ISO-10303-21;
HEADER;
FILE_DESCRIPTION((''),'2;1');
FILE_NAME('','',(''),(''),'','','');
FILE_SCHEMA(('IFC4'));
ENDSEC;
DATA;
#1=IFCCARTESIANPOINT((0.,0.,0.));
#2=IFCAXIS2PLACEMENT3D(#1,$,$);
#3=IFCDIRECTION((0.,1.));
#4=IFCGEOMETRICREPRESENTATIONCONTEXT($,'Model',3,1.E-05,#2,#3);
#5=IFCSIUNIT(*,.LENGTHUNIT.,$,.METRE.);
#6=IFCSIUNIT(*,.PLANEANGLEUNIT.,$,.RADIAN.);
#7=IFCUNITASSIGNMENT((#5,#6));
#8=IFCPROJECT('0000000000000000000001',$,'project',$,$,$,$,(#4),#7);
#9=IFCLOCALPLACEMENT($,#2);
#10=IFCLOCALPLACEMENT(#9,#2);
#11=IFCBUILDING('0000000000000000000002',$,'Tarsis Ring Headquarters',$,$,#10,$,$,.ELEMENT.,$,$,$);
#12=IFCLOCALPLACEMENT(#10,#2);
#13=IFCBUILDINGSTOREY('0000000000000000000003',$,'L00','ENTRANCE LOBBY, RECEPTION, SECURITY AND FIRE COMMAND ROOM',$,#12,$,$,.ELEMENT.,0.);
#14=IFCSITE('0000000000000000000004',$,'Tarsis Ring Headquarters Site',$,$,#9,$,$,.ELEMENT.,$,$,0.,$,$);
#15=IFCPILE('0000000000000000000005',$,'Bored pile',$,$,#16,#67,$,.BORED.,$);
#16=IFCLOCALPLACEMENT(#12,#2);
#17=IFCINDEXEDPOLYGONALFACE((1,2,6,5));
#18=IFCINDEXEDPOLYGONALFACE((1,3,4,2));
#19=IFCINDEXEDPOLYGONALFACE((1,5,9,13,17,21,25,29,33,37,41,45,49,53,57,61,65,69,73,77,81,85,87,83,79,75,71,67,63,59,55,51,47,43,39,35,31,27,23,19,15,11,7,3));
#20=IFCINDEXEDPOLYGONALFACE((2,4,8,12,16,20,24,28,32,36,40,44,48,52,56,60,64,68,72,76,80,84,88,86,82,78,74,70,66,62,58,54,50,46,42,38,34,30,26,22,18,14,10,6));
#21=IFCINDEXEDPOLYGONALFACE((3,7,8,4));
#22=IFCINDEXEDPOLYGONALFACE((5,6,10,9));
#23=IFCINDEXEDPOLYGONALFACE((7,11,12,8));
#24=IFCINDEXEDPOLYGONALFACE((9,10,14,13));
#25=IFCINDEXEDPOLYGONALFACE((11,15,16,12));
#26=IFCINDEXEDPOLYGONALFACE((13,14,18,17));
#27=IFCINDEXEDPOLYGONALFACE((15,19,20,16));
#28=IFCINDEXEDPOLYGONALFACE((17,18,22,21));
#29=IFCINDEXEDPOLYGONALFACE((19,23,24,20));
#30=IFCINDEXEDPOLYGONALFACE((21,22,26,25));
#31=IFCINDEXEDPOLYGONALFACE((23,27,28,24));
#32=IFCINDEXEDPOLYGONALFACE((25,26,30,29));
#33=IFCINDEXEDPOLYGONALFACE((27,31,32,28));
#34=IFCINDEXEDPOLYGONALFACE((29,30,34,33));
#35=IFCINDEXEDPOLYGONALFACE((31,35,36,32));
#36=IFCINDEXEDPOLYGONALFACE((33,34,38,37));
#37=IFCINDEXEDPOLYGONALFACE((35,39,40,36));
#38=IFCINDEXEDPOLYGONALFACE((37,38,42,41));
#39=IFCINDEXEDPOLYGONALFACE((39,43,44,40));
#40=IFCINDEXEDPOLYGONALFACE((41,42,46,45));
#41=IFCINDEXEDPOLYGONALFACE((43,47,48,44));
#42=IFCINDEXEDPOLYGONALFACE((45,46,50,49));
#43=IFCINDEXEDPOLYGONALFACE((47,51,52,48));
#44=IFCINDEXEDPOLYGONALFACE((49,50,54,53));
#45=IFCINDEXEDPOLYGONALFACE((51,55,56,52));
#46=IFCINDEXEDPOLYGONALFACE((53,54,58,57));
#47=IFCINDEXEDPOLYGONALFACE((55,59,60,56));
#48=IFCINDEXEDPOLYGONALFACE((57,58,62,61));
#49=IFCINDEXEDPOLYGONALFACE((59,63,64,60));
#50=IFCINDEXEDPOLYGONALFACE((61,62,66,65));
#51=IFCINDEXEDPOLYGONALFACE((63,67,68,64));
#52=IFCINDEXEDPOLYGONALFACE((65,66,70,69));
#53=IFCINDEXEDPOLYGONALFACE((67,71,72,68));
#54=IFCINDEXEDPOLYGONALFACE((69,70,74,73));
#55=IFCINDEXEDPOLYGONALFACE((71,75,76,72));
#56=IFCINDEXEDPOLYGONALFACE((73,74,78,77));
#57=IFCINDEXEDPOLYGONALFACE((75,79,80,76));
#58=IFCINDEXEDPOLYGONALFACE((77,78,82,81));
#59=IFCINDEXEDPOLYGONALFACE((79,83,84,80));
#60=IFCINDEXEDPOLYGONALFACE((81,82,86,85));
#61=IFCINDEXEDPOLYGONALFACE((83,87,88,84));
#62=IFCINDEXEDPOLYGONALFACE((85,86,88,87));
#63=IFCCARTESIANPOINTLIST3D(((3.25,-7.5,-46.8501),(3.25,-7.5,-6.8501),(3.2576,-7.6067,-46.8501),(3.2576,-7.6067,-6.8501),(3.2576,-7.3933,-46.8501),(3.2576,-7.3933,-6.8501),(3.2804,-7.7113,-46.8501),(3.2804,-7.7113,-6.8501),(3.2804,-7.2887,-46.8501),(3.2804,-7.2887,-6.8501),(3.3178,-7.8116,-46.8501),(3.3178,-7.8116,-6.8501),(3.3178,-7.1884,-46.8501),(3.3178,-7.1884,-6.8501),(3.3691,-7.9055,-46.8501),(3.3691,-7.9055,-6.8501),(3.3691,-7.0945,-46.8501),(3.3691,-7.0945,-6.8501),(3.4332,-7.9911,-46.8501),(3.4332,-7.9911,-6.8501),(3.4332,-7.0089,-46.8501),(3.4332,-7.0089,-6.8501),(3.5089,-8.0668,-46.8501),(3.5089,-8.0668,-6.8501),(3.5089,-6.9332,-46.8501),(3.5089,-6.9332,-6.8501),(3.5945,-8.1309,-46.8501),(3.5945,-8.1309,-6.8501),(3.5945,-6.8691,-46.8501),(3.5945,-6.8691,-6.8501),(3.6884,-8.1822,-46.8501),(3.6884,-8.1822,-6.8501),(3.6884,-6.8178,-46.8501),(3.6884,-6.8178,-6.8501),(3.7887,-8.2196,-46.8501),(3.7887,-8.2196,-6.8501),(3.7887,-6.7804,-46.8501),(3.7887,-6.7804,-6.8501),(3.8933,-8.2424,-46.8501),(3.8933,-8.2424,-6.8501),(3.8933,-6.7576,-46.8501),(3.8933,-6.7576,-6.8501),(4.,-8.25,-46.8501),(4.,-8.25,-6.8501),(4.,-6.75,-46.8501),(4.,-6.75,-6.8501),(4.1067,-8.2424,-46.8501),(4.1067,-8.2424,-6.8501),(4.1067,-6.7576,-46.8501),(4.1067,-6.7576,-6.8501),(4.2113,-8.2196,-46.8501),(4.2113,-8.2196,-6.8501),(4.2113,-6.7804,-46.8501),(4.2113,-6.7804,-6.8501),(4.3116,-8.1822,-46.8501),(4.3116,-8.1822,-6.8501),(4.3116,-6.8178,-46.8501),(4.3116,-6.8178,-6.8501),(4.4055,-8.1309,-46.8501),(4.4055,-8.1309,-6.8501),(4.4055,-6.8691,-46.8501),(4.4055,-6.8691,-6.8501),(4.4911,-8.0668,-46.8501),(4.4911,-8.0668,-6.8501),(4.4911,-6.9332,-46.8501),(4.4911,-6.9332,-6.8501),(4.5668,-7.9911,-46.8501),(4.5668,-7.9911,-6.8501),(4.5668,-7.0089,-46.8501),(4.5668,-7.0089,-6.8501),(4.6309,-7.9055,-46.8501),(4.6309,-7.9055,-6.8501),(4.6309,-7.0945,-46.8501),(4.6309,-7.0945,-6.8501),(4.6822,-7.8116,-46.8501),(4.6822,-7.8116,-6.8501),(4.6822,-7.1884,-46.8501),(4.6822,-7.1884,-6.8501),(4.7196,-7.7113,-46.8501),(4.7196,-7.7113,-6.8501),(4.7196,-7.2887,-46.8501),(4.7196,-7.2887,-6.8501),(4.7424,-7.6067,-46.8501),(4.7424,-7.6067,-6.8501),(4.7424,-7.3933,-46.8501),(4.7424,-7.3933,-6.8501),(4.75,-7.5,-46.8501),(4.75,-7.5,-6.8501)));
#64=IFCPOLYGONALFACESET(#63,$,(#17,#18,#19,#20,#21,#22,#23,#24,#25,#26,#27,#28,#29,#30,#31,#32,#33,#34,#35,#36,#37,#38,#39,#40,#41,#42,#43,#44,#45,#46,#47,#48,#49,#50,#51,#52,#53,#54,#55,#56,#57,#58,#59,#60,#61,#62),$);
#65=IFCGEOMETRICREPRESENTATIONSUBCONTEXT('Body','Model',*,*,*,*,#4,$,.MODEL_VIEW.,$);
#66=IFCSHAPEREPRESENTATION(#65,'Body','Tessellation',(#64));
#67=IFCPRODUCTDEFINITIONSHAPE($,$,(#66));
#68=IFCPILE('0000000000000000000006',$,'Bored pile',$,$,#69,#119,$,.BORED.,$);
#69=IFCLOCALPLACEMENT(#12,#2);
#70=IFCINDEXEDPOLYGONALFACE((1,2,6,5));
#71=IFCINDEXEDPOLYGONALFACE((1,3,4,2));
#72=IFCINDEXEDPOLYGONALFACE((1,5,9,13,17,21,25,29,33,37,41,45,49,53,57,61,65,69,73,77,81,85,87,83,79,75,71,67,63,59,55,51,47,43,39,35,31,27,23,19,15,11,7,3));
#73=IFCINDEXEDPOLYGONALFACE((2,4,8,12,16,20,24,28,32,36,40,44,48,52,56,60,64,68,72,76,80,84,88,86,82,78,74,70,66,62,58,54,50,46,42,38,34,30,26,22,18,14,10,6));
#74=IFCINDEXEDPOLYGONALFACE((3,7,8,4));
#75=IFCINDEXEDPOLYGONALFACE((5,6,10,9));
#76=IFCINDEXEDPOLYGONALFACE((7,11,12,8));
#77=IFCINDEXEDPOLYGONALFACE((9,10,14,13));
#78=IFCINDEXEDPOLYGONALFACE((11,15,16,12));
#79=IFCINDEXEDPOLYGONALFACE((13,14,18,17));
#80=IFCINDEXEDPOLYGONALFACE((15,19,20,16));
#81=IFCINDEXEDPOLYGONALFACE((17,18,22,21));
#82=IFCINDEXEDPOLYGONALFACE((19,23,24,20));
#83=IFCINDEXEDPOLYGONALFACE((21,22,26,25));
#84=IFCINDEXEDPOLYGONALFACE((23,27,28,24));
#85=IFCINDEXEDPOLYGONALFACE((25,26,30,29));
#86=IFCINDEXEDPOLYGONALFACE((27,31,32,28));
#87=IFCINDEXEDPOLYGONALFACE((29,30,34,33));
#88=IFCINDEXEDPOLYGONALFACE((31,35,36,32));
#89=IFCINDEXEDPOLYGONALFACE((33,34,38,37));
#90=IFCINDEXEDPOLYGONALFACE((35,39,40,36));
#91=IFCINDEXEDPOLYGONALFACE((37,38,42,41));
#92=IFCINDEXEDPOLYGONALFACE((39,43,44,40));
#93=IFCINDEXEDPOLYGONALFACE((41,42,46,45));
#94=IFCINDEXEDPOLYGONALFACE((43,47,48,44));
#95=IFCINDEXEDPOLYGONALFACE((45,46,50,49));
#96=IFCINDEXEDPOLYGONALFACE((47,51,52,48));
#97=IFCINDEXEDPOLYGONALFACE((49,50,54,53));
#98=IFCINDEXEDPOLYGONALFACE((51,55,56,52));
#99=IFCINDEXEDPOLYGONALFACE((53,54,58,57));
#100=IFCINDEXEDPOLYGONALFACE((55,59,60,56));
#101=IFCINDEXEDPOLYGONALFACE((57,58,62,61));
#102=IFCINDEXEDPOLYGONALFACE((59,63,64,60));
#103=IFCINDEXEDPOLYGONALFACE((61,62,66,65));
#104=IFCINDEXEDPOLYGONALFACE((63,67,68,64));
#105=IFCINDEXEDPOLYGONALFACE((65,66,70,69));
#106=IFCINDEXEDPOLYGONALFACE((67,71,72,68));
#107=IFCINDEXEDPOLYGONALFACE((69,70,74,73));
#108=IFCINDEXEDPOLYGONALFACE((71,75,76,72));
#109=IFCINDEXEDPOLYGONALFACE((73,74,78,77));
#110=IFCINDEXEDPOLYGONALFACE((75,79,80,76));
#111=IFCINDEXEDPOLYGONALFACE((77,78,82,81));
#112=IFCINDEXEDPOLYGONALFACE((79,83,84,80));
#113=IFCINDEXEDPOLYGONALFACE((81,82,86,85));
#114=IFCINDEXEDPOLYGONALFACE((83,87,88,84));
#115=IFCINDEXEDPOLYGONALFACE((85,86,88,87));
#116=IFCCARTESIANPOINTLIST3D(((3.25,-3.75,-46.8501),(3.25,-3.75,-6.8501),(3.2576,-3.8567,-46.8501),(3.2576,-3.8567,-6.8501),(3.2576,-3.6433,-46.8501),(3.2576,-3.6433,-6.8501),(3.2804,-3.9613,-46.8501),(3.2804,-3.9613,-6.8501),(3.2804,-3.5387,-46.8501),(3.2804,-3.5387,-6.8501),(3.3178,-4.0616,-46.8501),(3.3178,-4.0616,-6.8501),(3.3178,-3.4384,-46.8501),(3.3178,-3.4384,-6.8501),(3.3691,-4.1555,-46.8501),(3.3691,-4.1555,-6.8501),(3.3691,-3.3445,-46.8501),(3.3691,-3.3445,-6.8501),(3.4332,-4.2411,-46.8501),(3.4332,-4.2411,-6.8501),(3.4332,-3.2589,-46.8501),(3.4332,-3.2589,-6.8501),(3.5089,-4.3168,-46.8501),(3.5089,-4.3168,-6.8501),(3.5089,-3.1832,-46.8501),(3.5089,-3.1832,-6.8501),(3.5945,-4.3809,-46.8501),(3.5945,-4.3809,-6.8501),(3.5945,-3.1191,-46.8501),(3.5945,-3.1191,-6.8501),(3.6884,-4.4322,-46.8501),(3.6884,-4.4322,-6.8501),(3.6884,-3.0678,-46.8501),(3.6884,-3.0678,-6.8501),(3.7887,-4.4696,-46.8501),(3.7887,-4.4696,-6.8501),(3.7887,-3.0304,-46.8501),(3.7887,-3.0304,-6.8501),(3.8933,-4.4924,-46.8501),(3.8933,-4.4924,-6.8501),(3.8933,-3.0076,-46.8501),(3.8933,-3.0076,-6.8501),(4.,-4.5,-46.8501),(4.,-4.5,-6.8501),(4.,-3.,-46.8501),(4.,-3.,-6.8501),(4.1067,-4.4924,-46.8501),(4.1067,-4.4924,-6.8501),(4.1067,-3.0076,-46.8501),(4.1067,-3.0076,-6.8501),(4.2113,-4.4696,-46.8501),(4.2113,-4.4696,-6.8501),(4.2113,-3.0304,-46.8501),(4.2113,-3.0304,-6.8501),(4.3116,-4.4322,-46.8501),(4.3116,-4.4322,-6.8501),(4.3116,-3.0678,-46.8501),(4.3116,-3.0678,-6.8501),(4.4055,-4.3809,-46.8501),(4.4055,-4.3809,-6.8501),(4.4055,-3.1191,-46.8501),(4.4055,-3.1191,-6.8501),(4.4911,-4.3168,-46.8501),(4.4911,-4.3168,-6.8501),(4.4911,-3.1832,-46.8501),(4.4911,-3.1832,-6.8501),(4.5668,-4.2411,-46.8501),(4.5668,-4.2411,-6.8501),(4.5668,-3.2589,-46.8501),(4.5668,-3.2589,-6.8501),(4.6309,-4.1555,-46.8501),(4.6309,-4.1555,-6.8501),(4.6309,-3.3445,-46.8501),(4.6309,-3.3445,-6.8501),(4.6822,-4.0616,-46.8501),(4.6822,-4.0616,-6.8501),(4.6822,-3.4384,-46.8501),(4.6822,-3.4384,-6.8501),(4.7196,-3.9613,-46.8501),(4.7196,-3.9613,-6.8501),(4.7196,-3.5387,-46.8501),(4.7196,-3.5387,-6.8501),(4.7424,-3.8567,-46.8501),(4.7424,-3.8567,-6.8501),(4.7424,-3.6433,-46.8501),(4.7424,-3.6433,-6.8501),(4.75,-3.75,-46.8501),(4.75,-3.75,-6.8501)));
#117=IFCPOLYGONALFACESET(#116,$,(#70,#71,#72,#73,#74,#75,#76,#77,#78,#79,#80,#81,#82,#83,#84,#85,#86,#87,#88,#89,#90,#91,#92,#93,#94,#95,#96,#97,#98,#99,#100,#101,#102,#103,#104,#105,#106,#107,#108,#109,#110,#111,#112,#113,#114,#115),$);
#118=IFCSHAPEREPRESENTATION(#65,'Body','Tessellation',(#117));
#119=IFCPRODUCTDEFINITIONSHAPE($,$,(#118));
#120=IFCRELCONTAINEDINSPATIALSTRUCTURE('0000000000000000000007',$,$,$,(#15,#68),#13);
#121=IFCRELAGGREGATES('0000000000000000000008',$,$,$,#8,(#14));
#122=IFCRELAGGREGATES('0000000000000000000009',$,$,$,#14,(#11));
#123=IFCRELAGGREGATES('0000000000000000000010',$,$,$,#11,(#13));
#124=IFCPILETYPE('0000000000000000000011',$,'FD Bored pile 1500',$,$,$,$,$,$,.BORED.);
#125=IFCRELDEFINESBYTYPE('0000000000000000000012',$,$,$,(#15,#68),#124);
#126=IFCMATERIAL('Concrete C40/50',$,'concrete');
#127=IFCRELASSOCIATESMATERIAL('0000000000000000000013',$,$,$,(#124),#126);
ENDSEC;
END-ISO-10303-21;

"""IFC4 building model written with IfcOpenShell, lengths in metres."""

from ifc_helpers import new_model, si_unit, direction, frame, origin, origin_2d, place, context, subcontext, project, spatial, circle, extrude, material, material_profile, profile_set, type_object, element, save


model = new_model("IFC4")

# Units and contexts
model_context = context("Model", 3, precision=1e-05, world=origin(), true_north=direction((0.0, 1.0)))
body_context = subcontext(model_context, "Body", "Model", "MODEL_VIEW")
ifc_project = project(units=[si_unit("LENGTHUNIT", "METRE"), si_unit("PLANEANGLEUNIT", "RADIAN")], contexts=[model_context])

# Site, building, storey
site_placement = place(None, origin())
site = spatial("IfcSite", under=ifc_project, at=site_placement, Name="Tarsis Ring Headquarters Site", CompositionType="ELEMENT", RefElevation=0.0)
building_placement = place(site_placement, origin())
building = spatial("IfcBuilding", under=site, at=building_placement, Name="Tarsis Ring Headquarters", CompositionType="ELEMENT")
storey_placement = place(building_placement, origin())
storey = spatial("IfcBuildingStorey", under=building, at=storey_placement, Name="L00", Description="ENTRANCE LOBBY, RECEPTION, SECURITY AND FIRE COMMAND ROOM", CompositionType="ELEMENT", Elevation=0.0)

# Piles
ifc_material_1 = material(Name="Concrete C40/50", Category="concrete")
ifc_material_profile = material_profile(ifc_material_1, circle(Radius=0.75, at=origin_2d()), Name="BORED 1500")
ifc_profile_set = profile_set([ifc_material_profile], Name="Concrete C40/50")
pile_type = type_object("IfcPileType", Name="FD Bored pile 1500", PredefinedType="BORED", material=ifc_profile_set)
for number, where, z_axis, x_axis, name in (
    (1, (4.0, -7.5, -6.8501), (0.0, 0.0, -1.0), (1.0, 0.0, 0.0), "Bored pile"),
    (2, (4.0, -3.75, -6.8501), (0.0, 0.0, -1.0), (1.0, 0.0, 0.0), "Bored pile"),
):
    element("IfcPile", number, at=place(storey_placement, frame(where, z_axis=z_axis, x_axis=x_axis)), inside=storey, type_object=pile_type, Name=name, PredefinedType="BORED", context=body_context, shape_type="SweptSolid", body=[
        extrude(circle(Radius=0.75, at=origin_2d()), origin(), (0.0, 0.0, 1.0), 40.0),
    ])

save(model, "model.ifc")
